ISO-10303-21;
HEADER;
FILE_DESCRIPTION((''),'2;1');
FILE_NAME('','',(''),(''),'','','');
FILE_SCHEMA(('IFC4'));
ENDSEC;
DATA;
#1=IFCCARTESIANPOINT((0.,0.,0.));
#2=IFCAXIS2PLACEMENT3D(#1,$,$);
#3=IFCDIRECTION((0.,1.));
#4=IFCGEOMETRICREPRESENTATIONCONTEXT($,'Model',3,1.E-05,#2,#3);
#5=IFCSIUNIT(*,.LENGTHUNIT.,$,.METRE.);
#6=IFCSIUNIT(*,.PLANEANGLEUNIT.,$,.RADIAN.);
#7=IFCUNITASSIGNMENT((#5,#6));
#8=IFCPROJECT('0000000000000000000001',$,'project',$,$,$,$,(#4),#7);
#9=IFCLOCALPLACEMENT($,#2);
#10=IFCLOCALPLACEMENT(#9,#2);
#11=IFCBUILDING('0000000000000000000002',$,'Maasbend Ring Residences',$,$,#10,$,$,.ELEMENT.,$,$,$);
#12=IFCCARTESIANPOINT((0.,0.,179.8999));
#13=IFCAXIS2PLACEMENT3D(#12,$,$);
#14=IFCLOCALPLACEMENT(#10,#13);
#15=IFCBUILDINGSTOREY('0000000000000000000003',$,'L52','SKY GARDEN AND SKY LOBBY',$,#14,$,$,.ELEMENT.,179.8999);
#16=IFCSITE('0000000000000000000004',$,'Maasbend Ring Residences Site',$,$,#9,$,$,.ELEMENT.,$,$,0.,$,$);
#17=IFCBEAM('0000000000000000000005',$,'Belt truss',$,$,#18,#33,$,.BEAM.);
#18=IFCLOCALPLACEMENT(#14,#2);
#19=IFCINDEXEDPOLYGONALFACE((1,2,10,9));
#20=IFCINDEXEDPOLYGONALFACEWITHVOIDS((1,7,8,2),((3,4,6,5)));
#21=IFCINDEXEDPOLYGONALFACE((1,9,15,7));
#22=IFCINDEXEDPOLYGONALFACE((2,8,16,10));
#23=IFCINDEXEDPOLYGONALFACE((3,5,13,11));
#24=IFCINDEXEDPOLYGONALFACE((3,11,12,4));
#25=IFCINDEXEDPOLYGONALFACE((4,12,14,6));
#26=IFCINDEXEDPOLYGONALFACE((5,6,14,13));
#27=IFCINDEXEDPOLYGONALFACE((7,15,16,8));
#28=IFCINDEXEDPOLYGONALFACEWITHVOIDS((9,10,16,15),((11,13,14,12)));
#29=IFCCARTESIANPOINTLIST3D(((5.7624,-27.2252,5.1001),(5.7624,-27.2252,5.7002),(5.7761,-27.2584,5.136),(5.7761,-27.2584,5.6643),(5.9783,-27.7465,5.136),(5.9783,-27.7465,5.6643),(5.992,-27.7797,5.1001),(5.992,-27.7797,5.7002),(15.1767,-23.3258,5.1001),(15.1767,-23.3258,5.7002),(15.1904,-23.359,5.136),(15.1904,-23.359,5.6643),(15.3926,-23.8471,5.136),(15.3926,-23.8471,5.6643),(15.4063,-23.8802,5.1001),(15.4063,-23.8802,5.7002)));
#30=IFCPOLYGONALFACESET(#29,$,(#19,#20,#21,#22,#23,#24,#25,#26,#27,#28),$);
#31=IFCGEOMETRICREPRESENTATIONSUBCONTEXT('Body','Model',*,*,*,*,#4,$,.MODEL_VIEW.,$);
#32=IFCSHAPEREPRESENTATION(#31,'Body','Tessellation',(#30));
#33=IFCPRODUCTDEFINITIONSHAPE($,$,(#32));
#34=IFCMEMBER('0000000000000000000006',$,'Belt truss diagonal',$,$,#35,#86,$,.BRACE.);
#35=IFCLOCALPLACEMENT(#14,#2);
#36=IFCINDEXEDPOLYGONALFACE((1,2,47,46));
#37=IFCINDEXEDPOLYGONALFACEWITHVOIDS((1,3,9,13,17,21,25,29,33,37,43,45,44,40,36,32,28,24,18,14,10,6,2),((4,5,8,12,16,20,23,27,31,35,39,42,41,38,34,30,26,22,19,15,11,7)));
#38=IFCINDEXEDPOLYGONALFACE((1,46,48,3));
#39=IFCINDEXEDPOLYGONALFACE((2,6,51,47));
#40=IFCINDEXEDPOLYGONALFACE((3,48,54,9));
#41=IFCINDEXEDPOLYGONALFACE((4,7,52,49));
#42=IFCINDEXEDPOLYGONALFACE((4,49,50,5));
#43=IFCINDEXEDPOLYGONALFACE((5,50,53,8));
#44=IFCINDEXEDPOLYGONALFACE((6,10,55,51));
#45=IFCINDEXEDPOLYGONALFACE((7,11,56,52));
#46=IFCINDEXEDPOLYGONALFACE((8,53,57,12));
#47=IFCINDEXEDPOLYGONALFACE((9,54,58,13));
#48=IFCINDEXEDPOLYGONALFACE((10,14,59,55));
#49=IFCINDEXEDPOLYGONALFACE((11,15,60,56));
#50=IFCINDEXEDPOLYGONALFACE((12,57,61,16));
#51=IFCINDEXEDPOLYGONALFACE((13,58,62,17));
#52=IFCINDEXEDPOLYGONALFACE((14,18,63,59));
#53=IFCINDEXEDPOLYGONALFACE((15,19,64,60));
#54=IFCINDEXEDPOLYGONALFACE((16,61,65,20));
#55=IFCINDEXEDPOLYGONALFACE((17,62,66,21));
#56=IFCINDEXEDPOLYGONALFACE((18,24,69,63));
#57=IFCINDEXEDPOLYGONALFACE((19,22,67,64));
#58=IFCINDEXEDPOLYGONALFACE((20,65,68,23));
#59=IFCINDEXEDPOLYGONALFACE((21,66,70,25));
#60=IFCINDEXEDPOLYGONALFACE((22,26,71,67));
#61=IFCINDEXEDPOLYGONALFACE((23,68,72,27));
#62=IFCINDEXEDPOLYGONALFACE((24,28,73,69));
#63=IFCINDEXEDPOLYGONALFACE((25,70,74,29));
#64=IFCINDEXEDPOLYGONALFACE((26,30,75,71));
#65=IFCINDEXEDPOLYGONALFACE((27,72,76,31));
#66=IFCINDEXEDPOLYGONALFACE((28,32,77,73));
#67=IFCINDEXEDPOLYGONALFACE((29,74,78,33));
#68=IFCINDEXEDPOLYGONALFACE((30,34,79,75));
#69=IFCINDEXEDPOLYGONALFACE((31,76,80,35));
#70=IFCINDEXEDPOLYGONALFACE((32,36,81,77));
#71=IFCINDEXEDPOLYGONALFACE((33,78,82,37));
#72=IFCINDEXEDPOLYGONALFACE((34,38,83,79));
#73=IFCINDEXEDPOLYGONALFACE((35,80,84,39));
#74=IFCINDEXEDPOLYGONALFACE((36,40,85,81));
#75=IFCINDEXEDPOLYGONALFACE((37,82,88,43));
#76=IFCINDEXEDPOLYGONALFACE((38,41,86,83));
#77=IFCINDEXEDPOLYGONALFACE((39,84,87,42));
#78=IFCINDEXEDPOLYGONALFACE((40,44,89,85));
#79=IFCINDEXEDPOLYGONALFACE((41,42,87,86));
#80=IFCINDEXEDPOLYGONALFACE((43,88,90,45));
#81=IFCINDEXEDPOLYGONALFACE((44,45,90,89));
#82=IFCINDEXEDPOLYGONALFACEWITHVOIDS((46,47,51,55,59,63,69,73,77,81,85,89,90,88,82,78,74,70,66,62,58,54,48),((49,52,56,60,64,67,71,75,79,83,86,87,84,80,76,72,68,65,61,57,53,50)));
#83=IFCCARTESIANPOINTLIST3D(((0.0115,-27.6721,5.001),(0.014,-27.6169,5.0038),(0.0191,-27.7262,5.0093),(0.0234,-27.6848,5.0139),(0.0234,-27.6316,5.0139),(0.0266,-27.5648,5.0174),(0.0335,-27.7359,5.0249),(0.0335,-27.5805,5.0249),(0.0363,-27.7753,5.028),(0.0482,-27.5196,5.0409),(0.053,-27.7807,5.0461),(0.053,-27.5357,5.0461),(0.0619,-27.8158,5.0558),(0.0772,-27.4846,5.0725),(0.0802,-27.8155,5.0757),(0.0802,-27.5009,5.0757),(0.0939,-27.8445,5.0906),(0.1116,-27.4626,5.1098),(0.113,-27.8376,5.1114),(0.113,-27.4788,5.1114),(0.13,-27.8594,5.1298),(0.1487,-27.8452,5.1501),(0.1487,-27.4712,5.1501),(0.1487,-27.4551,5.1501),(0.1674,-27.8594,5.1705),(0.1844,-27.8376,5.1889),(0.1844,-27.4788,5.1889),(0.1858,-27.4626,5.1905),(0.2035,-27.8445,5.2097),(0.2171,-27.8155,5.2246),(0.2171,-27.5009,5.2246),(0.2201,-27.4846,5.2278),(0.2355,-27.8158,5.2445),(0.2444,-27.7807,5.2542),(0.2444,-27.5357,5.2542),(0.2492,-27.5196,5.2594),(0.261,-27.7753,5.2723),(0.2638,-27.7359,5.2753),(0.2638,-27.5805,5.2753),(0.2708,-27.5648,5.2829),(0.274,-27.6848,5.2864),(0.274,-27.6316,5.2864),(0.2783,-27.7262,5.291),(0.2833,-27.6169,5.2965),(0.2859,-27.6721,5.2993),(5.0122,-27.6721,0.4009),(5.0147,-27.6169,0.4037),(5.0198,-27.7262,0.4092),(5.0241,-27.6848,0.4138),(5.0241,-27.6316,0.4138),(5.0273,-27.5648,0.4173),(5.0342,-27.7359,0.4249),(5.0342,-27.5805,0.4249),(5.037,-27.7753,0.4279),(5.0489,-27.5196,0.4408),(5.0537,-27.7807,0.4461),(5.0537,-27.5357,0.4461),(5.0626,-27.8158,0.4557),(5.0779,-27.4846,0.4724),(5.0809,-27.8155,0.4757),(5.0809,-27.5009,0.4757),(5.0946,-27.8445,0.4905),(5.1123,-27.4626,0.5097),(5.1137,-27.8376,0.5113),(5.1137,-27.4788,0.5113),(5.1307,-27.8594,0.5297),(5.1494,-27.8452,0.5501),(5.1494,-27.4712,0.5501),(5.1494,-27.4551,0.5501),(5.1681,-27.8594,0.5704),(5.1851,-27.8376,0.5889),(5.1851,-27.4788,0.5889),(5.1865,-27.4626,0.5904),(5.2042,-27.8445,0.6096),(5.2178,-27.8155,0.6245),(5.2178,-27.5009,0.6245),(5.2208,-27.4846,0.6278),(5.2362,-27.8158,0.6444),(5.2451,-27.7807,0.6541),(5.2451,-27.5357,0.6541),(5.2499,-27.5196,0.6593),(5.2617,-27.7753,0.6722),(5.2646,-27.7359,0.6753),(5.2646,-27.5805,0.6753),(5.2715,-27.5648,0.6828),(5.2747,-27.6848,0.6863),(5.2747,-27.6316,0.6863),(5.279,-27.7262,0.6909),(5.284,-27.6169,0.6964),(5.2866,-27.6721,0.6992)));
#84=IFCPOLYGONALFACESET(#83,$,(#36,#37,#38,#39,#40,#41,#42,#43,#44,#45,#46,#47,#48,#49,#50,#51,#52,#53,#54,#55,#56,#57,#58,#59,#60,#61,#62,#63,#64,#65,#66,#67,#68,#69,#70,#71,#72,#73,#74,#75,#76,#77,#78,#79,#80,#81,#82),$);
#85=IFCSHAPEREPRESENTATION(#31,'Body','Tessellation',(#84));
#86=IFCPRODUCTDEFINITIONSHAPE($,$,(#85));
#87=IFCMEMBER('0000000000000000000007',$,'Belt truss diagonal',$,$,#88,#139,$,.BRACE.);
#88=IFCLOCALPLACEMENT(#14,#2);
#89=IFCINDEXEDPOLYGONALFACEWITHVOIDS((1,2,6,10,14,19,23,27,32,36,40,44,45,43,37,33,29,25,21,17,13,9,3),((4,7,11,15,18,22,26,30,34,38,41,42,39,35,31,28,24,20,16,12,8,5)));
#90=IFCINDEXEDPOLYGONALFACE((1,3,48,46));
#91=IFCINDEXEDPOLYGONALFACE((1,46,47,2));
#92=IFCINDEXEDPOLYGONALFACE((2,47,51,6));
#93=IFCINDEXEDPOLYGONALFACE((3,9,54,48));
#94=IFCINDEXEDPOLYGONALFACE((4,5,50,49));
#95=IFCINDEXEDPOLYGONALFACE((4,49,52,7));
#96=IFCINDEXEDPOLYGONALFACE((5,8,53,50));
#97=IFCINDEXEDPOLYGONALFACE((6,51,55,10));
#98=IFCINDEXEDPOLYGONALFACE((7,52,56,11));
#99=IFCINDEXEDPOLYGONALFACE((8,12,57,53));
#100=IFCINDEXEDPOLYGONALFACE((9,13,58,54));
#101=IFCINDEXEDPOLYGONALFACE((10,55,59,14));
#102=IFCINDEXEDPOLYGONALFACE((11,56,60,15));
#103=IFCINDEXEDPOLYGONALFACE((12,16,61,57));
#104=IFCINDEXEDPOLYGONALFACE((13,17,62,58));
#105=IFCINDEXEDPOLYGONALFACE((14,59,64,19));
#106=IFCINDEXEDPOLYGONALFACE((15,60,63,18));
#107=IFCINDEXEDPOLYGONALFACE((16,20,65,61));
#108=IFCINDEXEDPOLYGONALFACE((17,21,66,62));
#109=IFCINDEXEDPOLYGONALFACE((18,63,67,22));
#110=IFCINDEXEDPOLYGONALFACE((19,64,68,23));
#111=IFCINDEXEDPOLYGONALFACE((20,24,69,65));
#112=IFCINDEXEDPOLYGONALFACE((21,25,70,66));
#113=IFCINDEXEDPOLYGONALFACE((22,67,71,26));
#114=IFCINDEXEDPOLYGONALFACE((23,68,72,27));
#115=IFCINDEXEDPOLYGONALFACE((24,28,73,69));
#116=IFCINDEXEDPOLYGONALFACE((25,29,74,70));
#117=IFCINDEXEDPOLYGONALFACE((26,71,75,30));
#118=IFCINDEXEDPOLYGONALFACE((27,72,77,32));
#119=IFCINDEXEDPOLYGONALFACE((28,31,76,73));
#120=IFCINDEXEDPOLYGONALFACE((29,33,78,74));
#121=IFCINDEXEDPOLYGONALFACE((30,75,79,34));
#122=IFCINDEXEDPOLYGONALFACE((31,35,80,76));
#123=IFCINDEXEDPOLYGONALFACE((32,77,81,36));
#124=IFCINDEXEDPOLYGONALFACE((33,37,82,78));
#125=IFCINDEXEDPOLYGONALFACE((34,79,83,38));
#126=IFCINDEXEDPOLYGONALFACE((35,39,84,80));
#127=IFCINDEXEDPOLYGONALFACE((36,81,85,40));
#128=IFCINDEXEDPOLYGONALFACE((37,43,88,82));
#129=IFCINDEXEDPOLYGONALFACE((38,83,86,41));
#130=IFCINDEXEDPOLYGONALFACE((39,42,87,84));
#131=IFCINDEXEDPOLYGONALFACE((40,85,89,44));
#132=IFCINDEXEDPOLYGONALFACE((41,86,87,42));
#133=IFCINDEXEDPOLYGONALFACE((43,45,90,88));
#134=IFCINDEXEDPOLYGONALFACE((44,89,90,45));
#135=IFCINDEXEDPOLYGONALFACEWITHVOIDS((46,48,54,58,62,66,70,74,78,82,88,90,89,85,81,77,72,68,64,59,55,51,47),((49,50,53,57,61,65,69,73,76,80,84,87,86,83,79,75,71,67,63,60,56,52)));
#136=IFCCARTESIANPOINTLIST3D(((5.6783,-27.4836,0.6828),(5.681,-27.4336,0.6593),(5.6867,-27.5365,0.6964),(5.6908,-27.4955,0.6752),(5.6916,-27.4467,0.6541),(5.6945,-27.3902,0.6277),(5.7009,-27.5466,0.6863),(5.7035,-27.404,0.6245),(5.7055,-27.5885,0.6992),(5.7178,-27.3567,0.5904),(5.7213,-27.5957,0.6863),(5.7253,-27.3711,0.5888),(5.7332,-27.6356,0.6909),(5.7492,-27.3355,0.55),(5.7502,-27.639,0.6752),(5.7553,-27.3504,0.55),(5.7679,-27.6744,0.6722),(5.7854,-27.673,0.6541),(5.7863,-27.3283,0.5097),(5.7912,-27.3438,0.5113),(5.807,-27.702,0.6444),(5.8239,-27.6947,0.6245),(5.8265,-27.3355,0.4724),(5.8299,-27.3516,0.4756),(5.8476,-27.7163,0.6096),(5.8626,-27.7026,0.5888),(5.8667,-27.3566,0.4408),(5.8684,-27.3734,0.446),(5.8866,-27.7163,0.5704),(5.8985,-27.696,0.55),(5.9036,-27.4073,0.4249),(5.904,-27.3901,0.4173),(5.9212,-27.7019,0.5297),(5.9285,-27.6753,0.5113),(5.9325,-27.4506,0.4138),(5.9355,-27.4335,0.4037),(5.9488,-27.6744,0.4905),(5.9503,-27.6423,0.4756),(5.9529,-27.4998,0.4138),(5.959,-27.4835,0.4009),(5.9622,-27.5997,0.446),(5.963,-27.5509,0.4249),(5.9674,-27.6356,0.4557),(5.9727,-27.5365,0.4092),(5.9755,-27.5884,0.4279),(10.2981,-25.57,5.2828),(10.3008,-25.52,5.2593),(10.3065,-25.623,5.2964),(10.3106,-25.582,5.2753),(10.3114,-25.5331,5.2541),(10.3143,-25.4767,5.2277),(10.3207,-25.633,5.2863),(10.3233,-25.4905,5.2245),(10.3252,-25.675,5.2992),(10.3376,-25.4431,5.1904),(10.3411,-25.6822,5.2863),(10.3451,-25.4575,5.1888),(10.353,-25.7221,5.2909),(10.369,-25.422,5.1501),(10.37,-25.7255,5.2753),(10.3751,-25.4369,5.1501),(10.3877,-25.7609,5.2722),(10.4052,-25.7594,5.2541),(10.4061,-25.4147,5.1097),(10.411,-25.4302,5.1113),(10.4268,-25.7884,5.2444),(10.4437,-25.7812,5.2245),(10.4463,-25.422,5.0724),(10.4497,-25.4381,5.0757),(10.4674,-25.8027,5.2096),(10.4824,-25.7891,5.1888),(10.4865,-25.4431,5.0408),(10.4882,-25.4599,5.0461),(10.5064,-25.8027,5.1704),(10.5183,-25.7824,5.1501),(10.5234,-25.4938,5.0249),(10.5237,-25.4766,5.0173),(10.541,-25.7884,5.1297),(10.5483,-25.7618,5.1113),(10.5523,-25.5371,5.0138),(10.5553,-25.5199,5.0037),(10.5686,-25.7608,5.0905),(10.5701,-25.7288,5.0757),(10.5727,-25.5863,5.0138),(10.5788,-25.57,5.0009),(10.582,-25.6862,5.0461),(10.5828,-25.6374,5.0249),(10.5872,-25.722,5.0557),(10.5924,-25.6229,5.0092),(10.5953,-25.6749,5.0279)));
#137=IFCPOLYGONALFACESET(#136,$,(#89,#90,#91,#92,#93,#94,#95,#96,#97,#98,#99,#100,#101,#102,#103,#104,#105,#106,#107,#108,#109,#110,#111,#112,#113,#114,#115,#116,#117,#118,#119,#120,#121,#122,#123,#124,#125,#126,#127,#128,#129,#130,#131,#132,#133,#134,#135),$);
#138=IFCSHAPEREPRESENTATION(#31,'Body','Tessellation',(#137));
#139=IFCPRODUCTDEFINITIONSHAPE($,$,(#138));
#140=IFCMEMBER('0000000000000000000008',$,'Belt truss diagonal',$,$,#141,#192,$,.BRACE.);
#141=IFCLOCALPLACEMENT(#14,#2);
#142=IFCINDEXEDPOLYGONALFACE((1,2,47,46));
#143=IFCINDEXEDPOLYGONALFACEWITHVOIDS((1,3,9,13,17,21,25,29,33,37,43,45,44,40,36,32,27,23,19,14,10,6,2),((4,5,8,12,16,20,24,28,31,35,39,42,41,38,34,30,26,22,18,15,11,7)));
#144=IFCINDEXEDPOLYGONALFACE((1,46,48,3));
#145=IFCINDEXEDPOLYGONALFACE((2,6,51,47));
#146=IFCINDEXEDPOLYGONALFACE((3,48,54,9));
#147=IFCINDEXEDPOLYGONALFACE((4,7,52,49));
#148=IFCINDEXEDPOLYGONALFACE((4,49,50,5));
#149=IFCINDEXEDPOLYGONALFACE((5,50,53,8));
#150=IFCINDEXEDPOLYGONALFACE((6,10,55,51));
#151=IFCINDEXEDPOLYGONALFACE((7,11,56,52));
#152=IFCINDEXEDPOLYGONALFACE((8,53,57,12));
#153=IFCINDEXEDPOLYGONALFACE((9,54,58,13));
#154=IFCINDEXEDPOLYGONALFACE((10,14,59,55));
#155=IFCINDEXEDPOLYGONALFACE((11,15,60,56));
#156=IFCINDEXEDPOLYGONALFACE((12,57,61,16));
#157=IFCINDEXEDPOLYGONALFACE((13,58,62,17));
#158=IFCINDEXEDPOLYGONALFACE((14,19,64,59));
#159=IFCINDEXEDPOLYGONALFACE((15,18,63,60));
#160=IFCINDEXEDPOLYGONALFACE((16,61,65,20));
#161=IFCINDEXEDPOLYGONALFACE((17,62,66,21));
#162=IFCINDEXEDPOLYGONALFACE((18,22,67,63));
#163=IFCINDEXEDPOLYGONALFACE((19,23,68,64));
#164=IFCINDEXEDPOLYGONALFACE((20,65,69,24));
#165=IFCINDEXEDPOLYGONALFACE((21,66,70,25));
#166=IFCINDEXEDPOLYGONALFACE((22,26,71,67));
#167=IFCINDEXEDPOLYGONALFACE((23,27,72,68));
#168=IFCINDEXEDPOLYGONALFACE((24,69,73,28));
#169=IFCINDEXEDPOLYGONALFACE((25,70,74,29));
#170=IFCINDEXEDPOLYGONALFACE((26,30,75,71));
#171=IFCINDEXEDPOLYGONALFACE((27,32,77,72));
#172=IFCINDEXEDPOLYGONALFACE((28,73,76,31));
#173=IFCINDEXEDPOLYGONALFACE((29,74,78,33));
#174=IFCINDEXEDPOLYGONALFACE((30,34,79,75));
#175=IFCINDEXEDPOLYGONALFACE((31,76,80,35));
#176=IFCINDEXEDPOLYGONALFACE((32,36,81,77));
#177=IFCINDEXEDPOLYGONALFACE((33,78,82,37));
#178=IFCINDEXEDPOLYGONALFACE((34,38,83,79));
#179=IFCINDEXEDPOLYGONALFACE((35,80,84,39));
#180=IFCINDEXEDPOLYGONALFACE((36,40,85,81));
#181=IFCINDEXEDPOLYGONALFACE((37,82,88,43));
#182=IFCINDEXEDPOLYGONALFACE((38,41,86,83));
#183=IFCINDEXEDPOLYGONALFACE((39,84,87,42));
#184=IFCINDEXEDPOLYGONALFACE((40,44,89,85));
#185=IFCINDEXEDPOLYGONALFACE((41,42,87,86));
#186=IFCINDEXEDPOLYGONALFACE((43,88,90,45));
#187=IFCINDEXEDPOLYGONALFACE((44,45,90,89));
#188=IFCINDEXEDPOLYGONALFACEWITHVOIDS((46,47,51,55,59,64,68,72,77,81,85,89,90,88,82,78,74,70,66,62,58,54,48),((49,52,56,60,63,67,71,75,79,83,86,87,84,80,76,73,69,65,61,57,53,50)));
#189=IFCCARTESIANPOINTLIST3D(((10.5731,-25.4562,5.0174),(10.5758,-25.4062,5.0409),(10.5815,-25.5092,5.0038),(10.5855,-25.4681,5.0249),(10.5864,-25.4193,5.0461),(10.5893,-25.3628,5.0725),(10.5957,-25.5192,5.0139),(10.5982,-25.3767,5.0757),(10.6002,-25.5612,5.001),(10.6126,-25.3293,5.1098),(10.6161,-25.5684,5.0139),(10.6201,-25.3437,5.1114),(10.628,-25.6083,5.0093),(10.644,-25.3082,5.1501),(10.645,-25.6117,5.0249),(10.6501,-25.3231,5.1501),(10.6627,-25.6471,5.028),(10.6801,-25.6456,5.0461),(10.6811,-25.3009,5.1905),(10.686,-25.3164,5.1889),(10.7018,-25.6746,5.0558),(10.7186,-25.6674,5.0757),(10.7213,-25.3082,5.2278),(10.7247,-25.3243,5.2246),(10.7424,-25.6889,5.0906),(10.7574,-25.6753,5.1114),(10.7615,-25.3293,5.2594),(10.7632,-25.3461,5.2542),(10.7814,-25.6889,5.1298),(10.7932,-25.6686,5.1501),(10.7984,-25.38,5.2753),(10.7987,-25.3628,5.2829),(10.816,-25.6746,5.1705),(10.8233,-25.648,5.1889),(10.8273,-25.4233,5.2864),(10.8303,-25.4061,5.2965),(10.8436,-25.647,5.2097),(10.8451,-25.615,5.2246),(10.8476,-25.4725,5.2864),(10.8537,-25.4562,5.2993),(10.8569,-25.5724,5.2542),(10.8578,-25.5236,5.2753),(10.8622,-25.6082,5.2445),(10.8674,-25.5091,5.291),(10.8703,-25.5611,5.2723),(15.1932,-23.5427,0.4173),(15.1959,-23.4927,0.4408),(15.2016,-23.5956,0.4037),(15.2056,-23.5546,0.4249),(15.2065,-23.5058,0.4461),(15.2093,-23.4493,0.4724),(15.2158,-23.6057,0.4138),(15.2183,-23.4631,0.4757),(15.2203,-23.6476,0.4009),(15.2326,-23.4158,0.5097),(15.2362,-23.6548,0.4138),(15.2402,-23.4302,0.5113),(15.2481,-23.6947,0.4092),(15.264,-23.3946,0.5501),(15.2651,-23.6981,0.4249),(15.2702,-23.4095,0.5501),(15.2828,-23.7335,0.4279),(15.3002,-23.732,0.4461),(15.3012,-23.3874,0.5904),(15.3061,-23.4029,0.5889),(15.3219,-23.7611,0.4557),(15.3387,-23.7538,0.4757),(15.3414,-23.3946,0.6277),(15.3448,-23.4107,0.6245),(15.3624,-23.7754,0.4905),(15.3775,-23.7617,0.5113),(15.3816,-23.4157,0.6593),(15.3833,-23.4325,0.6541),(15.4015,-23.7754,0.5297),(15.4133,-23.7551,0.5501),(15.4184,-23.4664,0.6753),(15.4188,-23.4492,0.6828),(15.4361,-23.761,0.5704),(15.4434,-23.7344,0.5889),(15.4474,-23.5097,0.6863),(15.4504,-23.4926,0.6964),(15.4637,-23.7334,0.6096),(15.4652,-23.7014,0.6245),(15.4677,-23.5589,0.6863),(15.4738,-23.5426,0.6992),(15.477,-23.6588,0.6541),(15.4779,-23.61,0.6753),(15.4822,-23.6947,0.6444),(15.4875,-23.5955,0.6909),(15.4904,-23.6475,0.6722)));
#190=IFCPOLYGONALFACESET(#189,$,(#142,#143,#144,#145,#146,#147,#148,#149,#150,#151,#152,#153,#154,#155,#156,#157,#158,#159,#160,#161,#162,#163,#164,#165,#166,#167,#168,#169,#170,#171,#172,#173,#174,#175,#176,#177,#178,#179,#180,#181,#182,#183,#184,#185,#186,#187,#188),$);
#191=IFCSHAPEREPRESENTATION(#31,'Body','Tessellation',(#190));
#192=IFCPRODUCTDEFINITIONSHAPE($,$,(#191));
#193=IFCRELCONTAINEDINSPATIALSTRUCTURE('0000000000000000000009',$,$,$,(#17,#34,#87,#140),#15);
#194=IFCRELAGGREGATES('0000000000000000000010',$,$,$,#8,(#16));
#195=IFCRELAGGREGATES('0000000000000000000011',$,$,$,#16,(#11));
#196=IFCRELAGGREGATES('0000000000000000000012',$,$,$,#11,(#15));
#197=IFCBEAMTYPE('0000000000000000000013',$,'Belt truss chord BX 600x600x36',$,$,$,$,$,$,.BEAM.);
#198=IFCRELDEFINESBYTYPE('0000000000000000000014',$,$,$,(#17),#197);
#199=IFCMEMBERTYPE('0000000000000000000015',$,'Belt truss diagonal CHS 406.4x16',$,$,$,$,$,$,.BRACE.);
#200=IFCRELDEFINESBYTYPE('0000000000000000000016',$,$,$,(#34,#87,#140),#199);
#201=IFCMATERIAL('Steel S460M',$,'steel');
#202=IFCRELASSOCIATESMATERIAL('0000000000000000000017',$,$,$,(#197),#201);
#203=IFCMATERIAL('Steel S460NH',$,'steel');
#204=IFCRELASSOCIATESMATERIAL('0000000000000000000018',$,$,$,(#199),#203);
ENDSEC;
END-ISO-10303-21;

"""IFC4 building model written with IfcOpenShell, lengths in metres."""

from ifc_helpers import new_model, si_unit, direction, frame, origin, origin_2d, place, context, subcontext, project, spatial, hollow_rectangle, hollow_circle, extrude, material, material_profile, profile_set, type_object, element, save


model = new_model("IFC4")

# Units and contexts
model_context = context("Model", 3, precision=1e-05, world=origin(), true_north=direction((0.0, 1.0)))
body_context = subcontext(model_context, "Body", "Model", "MODEL_VIEW")
ifc_project = project(units=[si_unit("LENGTHUNIT", "METRE"), si_unit("PLANEANGLEUNIT", "RADIAN")], contexts=[model_context])

# Site, building, storey
site_placement = place(None, origin())
site = spatial("IfcSite", under=ifc_project, at=site_placement, Name="Maasbend Ring Residences Site", CompositionType="ELEMENT", RefElevation=0.0)
building_placement = place(site_placement, origin())
building = spatial("IfcBuilding", under=site, at=building_placement, Name="Maasbend Ring Residences", CompositionType="ELEMENT")
storey_placement = place(building_placement, frame((0.0, 0.0, 179.8999)))
storey = spatial("IfcBuildingStorey", under=building, at=storey_placement, Name="L52", Description="SKY GARDEN AND SKY LOBBY", CompositionType="ELEMENT", Elevation=179.8999)

# Beam
ifc_material_1 = material(Name="Steel S460M", Category="steel")
ifc_material_profile_1 = material_profile(ifc_material_1, hollow_rectangle(XDim=0.6001, YDim=0.6001, WallThickness=0.0359, at=origin_2d()), Name="Belt truss chord BX 600x600x36")
ifc_profile_set_1 = profile_set([ifc_material_profile_1], Name="Steel S460M")
beam_type_1 = type_object("IfcBeamType", Name="Belt truss chord BX 600x600x36", PredefinedType="BEAM", material=ifc_profile_set_1)
for number, where, z_axis, x_axis, name in (
    (1, (5.8772, -27.5024, 5.4001), (0.923884, 0.382673, 0.0), (-0.382673, 0.923884, 0.0), "Belt truss"),
):
    element("IfcBeam", number, at=place(storey_placement, frame(where, z_axis=z_axis, x_axis=x_axis)), inside=storey, type_object=beam_type_1, Name=name, PredefinedType="BEAM", context=body_context, shape_type="SweptSolid", body=[
        extrude(hollow_rectangle(XDim=0.6001, YDim=0.6001, WallThickness=0.0359, at=origin_2d()), origin(), (0.0, 0.0, 1.0), 10.1899),
    ])

# Members
ifc_material_2 = material(Name="Steel S460NH", Category="steel")
ifc_material_profile_2 = material_profile(ifc_material_2, hollow_circle(Radius=0.2031, WallThickness=0.0161, at=origin_2d()), Name="Belt truss diagonal CHS 406.4x16")
ifc_profile_set_2 = profile_set([ifc_material_profile_2], Name="Steel S460NH")
member_type_1 = type_object("IfcMemberType", Name="Belt truss diagonal CHS 406.4x16", PredefinedType="BRACE", material=ifc_profile_set_2)
member_1_placement = place(storey_placement, frame((0.1487, -27.6582, 5.1501), z_axis=(0.735973, 0.0, -0.677011), x_axis=(0.0, 1.0, 0.0)))
element("IfcMember", 2, at=member_1_placement, inside=storey, type_object=member_type_1, Name="Belt truss diagonal", PredefinedType="BRACE", context=body_context, shape_type="SweptSolid", body=[
    extrude(hollow_circle(Radius=0.2031, WallThickness=0.0161, at=origin_2d()), origin(), (0.0, 0.0, 1.0), 6.7947),
])
member_2_placement = place(storey_placement, frame((5.8269, -27.5232, 0.55), z_axis=(0.679938, 0.281634, 0.677028), x_axis=(-0.382677, 0.923882, 0.0)))
element("IfcMember", 3, at=member_2_placement, inside=storey, type_object=member_type_1, Name="Belt truss diagonal", PredefinedType="BRACE", context=body_context, shape_type="SweptSolid", body=[
    extrude(hollow_circle(Radius=0.2031, WallThickness=0.0161, at=origin_2d()), origin(), (0.0, 0.0, 1.0), 6.7944),
])
member_3_placement = place(storey_placement, frame((10.7217, -25.4958, 5.1501), z_axis=(0.679957, 0.281627, -0.677011), x_axis=(-0.382659, 0.923889, 0.0)))
element("IfcMember", 4, at=member_3_placement, inside=storey, type_object=member_type_1, Name="Belt truss diagonal", PredefinedType="BRACE", context=body_context, shape_type="SweptSolid", body=[
    extrude(hollow_circle(Radius=0.2031, WallThickness=0.0161, at=origin_2d()), origin(), (0.0, 0.0, 1.0), 6.7947),
])

save(model, "model.ifc")
